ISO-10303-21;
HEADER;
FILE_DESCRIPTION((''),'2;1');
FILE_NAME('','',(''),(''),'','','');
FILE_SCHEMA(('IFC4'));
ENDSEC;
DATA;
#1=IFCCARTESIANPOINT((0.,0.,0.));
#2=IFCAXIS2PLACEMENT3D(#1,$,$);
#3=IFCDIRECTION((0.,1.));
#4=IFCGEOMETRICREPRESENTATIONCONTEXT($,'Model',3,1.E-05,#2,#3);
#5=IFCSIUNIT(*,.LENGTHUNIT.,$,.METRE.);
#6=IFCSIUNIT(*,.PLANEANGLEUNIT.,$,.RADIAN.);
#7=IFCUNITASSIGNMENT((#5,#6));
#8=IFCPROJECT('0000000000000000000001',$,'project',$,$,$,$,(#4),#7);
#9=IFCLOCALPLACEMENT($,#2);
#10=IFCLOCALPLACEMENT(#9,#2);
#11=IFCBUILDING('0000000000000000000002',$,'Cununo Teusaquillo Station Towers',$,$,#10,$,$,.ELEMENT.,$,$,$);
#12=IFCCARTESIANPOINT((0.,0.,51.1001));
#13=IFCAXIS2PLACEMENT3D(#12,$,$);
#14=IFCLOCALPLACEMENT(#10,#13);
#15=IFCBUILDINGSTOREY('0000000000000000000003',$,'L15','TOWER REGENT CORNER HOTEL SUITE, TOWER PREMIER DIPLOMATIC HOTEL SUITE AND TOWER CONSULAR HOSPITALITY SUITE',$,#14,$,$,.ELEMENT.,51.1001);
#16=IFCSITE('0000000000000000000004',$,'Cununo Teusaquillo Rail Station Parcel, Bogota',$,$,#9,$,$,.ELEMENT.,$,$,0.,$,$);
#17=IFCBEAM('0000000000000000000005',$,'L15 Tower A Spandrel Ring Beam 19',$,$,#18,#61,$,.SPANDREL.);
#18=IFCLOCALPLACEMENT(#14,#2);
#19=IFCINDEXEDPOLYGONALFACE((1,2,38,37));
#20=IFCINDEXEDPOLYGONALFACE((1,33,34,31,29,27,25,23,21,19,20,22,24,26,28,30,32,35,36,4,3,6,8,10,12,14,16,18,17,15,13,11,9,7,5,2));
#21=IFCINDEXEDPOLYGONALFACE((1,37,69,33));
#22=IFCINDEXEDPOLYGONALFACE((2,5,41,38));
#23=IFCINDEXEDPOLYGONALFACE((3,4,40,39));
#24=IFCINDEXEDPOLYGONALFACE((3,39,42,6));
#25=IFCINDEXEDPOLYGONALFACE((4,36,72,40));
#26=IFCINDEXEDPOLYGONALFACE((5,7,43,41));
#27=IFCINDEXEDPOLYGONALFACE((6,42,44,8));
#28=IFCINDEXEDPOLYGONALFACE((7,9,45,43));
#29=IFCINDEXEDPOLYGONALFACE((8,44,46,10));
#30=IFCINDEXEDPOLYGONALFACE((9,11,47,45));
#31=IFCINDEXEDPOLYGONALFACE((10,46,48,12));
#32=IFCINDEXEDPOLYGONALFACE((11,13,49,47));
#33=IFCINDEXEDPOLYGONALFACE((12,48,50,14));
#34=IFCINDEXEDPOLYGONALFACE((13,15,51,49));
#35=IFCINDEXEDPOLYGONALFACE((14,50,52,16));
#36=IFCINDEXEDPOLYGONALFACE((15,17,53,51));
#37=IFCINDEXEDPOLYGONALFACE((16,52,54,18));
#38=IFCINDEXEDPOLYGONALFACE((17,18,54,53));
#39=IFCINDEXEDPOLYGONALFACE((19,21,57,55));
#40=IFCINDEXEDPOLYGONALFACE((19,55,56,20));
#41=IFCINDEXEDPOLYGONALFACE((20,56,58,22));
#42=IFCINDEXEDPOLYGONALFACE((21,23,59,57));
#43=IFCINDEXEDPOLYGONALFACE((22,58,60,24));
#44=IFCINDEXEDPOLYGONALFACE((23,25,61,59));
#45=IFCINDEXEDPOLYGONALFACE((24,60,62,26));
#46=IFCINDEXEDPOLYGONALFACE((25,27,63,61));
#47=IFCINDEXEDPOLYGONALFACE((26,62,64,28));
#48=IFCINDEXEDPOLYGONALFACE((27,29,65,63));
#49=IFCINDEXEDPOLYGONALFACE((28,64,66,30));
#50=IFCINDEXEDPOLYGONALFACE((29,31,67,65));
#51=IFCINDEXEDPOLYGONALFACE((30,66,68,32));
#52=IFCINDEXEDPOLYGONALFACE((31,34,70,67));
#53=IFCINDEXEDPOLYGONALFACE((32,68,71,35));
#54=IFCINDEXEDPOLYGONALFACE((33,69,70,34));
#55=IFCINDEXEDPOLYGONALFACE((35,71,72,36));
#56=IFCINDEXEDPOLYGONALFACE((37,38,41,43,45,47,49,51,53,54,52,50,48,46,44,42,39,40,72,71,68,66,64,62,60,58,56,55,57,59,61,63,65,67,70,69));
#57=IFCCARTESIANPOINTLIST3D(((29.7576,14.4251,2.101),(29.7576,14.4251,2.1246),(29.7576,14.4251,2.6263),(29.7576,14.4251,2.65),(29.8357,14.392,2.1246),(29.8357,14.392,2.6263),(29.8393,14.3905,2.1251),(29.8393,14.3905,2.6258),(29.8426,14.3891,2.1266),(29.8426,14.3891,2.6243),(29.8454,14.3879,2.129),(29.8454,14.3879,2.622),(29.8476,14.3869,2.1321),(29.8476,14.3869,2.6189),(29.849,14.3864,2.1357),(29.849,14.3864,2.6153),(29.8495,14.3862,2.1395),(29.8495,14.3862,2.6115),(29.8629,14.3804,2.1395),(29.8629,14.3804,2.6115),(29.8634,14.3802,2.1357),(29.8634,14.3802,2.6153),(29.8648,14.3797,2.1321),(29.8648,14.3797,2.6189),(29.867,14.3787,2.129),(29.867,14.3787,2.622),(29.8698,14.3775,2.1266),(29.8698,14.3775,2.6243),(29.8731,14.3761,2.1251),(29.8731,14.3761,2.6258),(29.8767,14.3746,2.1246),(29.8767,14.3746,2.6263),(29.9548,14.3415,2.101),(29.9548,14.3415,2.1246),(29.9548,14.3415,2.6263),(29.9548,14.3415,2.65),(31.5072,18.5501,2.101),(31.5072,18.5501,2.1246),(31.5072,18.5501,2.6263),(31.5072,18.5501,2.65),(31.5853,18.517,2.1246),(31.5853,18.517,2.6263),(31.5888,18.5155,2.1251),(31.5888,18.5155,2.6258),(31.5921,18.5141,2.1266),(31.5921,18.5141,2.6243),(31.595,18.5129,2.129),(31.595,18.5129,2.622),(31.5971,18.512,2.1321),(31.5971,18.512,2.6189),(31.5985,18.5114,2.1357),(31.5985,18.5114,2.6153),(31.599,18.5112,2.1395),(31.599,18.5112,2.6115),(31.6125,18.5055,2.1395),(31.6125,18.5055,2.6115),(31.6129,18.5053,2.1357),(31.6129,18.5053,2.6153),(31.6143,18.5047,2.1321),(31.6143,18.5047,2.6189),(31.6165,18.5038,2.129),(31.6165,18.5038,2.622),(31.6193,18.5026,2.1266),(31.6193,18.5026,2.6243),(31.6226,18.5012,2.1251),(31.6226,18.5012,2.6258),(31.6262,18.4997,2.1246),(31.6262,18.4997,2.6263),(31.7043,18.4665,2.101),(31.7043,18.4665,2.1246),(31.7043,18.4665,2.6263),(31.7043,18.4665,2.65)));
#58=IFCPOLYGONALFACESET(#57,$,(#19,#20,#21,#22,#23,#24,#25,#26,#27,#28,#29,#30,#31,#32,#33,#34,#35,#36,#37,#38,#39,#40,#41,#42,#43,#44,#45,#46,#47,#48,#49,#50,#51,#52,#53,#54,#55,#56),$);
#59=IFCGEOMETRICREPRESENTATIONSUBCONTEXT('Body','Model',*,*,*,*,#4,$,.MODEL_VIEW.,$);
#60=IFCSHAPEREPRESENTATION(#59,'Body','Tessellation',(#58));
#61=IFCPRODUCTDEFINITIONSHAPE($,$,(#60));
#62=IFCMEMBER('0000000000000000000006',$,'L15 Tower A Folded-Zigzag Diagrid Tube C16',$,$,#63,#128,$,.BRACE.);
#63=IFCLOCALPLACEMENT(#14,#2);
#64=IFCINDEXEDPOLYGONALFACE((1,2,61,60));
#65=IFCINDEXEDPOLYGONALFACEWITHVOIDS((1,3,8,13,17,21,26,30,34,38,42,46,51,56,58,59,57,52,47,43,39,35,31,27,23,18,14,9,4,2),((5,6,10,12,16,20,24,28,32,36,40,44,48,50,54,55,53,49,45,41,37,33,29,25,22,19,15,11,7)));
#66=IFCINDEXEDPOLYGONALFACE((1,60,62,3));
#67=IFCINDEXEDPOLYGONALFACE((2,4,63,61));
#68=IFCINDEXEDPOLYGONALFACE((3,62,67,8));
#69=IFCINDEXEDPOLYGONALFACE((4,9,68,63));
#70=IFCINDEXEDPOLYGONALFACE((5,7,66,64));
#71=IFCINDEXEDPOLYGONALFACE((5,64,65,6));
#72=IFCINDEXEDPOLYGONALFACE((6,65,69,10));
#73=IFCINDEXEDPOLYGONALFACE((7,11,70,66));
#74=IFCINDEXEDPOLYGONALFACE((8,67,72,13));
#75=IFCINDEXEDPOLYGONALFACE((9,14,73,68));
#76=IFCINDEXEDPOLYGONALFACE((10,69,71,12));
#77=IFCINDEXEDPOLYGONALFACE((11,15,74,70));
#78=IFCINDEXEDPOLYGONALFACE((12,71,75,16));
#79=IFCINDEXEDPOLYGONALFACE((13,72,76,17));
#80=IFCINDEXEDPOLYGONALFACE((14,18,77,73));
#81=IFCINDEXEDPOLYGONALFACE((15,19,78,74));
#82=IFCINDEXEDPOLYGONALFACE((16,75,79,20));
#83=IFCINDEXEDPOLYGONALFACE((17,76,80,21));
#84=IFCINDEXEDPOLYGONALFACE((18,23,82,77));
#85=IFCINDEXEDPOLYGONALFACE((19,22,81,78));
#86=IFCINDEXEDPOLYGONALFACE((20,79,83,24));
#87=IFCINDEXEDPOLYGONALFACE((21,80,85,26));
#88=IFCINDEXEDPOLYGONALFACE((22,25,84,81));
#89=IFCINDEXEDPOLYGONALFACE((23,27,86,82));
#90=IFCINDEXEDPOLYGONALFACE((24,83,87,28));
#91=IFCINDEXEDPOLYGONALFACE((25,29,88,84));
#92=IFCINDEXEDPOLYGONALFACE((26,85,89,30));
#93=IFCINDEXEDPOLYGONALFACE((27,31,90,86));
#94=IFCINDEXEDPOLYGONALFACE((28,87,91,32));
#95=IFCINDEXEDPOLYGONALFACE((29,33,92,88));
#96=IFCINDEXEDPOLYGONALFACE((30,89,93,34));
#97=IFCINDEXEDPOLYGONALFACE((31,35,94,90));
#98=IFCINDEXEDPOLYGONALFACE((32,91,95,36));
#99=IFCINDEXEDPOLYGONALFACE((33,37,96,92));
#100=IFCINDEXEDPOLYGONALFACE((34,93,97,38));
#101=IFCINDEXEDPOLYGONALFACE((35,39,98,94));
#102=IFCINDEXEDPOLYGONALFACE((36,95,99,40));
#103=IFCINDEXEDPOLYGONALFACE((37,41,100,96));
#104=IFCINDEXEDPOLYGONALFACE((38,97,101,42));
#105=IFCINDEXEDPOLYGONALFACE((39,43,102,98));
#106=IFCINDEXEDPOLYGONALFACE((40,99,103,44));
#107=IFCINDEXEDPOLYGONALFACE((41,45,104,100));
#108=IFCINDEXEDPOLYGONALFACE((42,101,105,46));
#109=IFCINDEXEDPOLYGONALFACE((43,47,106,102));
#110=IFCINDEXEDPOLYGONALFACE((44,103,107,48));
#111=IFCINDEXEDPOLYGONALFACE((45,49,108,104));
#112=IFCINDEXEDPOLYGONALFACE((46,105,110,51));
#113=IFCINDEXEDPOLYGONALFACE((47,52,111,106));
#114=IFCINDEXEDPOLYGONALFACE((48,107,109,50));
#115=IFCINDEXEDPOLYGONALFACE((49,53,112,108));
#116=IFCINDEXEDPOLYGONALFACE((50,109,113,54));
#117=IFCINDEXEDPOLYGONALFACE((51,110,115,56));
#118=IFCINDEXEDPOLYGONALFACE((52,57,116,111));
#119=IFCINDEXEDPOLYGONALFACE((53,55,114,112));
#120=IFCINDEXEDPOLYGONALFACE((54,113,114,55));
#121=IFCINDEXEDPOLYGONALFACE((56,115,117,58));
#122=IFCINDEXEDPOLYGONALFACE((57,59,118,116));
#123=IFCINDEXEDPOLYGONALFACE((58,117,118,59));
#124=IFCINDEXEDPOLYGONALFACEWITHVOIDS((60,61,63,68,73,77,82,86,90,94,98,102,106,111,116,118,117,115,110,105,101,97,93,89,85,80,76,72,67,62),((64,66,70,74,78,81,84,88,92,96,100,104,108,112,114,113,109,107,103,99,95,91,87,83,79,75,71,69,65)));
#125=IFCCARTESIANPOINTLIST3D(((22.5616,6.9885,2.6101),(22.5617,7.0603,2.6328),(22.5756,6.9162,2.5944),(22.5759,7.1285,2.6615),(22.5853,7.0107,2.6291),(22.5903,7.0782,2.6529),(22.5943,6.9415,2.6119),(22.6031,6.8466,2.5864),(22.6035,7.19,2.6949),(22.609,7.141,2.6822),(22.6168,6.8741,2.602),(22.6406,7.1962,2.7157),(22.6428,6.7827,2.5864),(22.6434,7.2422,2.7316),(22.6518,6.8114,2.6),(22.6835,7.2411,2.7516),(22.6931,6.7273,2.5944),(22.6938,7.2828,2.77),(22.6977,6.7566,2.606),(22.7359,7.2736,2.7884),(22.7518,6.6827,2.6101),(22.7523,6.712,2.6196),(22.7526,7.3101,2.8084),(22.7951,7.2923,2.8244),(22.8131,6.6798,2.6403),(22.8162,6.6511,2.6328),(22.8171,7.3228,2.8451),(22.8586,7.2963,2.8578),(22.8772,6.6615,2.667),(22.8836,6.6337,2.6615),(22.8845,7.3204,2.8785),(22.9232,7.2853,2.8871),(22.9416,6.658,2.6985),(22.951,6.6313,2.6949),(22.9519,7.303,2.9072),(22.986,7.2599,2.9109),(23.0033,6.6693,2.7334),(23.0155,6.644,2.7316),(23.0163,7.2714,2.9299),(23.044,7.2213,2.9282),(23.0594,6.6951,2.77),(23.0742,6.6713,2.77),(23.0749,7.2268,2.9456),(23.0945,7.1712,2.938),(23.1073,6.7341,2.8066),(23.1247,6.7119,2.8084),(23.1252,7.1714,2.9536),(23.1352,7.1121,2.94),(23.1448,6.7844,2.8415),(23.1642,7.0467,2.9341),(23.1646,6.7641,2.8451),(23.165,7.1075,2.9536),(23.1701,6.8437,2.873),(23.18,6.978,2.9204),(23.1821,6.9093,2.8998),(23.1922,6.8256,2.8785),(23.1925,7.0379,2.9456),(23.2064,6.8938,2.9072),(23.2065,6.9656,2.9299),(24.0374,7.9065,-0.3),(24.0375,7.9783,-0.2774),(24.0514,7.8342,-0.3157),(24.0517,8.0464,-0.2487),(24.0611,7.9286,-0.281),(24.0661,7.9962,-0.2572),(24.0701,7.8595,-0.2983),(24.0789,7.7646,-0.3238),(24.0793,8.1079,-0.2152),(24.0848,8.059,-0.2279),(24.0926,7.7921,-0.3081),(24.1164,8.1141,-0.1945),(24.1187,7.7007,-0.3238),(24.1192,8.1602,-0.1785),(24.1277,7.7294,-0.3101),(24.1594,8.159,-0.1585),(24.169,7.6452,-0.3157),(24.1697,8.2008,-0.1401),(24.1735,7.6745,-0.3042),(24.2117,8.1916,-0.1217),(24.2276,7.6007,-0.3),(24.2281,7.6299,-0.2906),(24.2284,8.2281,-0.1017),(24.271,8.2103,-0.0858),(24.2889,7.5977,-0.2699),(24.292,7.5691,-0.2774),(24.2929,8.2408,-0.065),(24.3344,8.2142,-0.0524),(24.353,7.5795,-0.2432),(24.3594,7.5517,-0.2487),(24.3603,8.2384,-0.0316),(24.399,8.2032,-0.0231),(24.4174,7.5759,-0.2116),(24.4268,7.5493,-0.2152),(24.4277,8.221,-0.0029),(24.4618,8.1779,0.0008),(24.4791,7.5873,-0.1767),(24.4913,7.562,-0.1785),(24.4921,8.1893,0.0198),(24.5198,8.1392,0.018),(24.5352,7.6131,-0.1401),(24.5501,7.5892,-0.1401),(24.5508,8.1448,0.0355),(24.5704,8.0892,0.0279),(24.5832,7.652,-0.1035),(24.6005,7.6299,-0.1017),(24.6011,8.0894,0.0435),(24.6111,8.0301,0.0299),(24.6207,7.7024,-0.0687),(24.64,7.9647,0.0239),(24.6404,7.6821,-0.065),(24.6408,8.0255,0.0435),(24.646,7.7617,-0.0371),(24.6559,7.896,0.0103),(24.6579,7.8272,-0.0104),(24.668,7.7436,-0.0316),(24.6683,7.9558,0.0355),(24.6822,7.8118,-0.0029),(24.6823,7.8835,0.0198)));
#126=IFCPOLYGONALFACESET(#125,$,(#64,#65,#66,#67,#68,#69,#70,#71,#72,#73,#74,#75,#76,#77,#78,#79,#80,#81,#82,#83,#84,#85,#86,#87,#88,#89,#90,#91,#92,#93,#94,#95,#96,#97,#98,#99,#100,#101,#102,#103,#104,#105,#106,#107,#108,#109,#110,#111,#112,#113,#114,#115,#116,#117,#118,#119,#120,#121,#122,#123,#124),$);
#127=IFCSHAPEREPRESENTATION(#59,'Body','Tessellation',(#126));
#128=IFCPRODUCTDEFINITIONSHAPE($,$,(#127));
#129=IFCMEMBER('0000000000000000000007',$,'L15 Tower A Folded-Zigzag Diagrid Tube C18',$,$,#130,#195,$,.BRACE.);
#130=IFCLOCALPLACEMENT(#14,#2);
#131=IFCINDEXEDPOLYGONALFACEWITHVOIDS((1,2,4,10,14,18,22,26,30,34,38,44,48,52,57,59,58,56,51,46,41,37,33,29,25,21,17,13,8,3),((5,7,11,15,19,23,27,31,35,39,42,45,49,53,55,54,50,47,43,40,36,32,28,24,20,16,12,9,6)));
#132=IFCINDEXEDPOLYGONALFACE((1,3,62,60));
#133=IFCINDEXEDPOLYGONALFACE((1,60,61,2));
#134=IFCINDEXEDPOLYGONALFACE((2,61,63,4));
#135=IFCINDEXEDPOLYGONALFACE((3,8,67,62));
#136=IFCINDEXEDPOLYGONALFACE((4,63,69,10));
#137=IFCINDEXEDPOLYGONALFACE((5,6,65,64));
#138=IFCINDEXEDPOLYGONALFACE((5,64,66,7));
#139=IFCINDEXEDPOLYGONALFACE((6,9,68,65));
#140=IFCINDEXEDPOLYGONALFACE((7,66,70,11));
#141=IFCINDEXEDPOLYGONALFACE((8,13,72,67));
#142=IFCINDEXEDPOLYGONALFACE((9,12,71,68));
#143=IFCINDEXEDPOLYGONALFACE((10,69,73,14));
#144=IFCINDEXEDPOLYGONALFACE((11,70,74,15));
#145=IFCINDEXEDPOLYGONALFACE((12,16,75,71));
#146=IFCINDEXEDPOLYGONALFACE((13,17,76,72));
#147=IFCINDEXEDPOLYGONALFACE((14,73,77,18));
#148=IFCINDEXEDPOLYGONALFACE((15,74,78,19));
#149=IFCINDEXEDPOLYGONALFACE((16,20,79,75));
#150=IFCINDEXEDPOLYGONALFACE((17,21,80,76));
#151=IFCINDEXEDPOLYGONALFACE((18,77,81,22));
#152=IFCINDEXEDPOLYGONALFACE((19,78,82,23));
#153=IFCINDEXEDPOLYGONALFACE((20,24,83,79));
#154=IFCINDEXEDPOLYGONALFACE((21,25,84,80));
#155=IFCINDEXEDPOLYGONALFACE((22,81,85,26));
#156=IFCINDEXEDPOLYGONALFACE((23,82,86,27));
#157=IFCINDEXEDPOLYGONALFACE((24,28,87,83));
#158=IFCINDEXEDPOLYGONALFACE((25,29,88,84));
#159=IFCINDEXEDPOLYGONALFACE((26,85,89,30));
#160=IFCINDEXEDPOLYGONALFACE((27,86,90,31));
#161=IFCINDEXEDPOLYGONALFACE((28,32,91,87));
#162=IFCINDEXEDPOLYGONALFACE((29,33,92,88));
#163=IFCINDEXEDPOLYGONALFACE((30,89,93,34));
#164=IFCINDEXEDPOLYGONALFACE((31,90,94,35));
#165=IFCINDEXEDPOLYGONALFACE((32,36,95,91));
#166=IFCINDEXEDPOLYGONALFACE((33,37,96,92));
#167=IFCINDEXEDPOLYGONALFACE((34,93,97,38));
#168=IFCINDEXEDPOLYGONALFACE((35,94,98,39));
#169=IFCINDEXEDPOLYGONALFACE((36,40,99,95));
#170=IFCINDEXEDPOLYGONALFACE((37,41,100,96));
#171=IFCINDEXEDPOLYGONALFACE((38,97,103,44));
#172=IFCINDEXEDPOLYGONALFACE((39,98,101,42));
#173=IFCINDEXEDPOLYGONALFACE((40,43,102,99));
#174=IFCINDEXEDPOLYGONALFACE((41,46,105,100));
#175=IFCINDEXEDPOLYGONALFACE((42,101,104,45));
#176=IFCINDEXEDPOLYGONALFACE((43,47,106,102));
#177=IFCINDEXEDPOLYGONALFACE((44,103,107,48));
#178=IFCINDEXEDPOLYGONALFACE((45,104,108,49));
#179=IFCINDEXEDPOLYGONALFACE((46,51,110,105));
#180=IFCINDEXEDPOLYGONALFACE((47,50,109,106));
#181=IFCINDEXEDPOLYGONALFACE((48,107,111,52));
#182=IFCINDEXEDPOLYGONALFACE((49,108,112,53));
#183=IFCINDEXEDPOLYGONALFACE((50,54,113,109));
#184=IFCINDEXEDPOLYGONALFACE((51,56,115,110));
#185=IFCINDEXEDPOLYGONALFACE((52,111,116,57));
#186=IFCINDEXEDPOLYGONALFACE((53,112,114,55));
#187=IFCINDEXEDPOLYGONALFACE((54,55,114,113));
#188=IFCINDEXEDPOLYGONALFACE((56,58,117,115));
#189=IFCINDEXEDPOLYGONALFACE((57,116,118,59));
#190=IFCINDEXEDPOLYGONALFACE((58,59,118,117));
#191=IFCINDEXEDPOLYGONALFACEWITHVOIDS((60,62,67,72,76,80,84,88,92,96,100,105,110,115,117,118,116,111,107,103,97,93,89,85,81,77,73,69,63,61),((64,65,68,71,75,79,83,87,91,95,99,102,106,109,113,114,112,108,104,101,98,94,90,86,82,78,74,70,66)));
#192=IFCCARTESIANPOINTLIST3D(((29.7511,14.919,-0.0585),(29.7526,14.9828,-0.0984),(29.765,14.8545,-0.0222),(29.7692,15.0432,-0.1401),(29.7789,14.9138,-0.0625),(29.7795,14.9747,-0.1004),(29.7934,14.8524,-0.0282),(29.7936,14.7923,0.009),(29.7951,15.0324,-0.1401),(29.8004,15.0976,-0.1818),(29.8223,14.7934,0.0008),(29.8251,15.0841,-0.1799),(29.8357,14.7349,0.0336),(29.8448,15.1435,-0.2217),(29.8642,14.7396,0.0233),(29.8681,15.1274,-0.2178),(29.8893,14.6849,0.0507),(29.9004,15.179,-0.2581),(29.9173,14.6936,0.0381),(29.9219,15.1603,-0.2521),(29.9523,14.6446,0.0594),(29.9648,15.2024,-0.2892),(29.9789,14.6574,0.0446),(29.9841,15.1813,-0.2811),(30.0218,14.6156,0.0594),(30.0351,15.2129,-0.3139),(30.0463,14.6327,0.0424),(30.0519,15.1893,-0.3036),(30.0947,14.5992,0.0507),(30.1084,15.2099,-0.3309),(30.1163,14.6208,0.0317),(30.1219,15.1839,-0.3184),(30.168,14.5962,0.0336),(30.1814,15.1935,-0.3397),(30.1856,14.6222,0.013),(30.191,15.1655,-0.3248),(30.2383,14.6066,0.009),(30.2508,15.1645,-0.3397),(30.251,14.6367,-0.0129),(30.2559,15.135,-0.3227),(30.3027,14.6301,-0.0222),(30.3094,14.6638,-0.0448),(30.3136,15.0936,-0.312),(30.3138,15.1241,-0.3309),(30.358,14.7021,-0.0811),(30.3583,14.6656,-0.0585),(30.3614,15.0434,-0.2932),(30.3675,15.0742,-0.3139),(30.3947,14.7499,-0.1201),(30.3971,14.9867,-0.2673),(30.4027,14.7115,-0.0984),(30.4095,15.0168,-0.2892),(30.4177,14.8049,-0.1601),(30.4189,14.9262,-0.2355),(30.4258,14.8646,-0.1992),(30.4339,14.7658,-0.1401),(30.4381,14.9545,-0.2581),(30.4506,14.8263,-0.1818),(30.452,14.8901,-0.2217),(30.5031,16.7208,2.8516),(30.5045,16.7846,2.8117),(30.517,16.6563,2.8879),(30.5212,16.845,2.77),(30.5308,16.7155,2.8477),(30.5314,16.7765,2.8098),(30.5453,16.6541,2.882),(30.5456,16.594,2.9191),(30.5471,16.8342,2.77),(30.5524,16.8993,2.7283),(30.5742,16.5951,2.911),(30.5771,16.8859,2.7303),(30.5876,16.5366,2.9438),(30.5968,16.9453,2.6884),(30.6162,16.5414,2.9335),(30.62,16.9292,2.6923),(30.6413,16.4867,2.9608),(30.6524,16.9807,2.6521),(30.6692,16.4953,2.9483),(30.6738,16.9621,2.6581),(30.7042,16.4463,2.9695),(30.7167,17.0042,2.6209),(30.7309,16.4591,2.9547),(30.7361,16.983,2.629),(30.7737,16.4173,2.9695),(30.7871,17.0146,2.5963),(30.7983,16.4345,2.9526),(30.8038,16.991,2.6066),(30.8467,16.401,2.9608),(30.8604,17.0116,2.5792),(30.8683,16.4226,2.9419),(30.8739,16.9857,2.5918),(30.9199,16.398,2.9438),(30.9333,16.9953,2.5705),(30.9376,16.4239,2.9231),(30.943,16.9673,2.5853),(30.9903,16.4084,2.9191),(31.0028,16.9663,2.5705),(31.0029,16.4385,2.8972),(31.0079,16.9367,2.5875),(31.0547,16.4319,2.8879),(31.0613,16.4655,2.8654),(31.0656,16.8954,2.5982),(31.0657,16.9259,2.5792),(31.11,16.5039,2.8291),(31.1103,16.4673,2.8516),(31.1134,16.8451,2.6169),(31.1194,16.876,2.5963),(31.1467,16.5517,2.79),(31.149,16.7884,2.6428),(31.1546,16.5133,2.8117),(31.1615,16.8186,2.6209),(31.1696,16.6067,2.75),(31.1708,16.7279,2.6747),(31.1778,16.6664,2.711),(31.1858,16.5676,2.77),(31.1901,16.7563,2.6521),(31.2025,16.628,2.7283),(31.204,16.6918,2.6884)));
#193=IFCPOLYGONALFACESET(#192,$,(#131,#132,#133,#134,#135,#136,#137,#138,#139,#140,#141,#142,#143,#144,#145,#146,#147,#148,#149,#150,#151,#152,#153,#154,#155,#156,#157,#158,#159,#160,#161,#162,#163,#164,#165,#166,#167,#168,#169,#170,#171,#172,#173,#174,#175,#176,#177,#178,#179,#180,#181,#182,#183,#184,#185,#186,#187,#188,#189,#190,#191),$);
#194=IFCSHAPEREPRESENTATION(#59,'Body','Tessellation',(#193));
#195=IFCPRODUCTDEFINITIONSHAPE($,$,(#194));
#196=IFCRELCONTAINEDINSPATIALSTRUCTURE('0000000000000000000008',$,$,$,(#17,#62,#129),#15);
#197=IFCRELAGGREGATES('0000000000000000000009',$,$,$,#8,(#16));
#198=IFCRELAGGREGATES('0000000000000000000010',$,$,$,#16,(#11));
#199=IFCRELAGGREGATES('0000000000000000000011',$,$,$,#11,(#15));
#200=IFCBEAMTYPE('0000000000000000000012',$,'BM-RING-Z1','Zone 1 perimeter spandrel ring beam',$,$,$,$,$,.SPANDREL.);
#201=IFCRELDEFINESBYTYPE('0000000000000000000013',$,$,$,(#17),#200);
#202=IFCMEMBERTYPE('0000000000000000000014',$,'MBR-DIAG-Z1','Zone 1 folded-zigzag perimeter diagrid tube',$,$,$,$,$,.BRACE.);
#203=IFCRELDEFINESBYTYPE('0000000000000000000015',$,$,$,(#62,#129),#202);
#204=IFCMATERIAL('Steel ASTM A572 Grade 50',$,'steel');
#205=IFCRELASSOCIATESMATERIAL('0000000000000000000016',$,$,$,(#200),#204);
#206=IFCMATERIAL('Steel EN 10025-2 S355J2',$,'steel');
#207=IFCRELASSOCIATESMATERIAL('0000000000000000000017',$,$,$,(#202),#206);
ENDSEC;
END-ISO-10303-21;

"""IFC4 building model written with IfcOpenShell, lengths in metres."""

from ifc_helpers import new_model, si_unit, direction, frame, origin, origin_2d, place, context, subcontext, project, spatial, hollow_circle, i_section, extrude, material, material_profile, profile_set, type_object, element, save


model = new_model("IFC4")

# Units and contexts
model_context = context("Model", 3, precision=1e-05, world=origin(), true_north=direction((0.0, 1.0)))
body_context = subcontext(model_context, "Body", "Model", "MODEL_VIEW")
ifc_project = project(units=[si_unit("LENGTHUNIT", "METRE"), si_unit("PLANEANGLEUNIT", "RADIAN")], contexts=[model_context])

# Site, building, storey
site_placement = place(None, origin())
site = spatial("IfcSite", under=ifc_project, at=site_placement, Name="Cununo Teusaquillo Rail Station Parcel, Bogota", CompositionType="ELEMENT", RefElevation=0.0)
building_placement = place(site_placement, origin())
building = spatial("IfcBuilding", under=site, at=building_placement, Name="Cununo Teusaquillo Station Towers", CompositionType="ELEMENT")
storey_placement = place(building_placement, frame((0.0, 0.0, 51.1001)))
storey = spatial("IfcBuildingStorey", under=building, at=storey_placement, Name="L15", Description="TOWER REGENT CORNER HOTEL SUITE, TOWER PREMIER DIPLOMATIC HOTEL SUITE AND TOWER CONSULAR HOSPITALITY SUITE", CompositionType="ELEMENT", Elevation=51.1001)

# Beam
ifc_material_1 = material(Name="Steel ASTM A572 Grade 50", Category="steel")
ifc_material_profile_1 = material_profile(ifc_material_1, i_section(OverallWidth=0.2141, OverallDepth=0.5491, WebThickness=0.0146, FlangeThickness=0.0237, FilletRadius=0.0149, at=origin_2d()), Name="W21X93")
ifc_profile_set_1 = profile_set([ifc_material_profile_1], Name="Steel ASTM A572 Grade 50")
beam_type = type_object("IfcBeamType", Name="BM-RING-Z1", Description="Zone 1 perimeter spandrel ring beam", PredefinedType="SPANDREL", material=ifc_profile_set_1)
beam_1_placement = place(storey_placement, frame((29.8562, 14.3833, 2.3755), z_axis=(0.390457, 0.920621, 0.0), x_axis=(-0.920621, 0.390457, 0.0)))
element("IfcBeam", 1, at=beam_1_placement, inside=storey, type_object=beam_type, Name="L15 Tower A Spandrel Ring Beam 19", PredefinedType="SPANDREL", context=body_context, shape_type="SweptSolid", body=[
    extrude(i_section(OverallWidth=0.2141, OverallDepth=0.5491, WebThickness=0.0146, FlangeThickness=0.0237, FilletRadius=0.0149, at=origin_2d()), origin(), (0.0, 0.0, 1.0), 4.4807),
])

# Members
ifc_material_2 = material(Name="Steel EN 10025-2 S355J2", Category="steel")
ifc_material_profile_2 = material_profile(ifc_material_2, hollow_circle(Radius=0.3601, WallThickness=0.0281, at=origin_2d()), Name="CHS 720x28")
ifc_profile_set_2 = profile_set([ifc_material_profile_2], Name="Steel EN 10025-2 S355J2")
member_type = type_object("IfcMemberType", Name="MBR-DIAG-Z1", Description="Zone 1 folded-zigzag perimeter diagrid tube", PredefinedType="BRACE", material=ifc_profile_set_2)
member_1_placement = place(storey_placement, frame((24.3599, 7.895, -0.1401), z_axis=(-0.435393, -0.270815, 0.858541), x_axis=(0.528167, -0.849141, 0.0)))
element("IfcMember", 2, at=member_1_placement, inside=storey, type_object=member_type, Name="L15 Tower A Folded-Zigzag Diagrid Tube C16", PredefinedType="BRACE", context=body_context, shape_type="SweptSolid", body=[
    extrude(hollow_circle(Radius=0.3601, WallThickness=0.0281, at=origin_2d()), origin(), (0.0, 0.0, 1.0), 3.3896),
])
member_2_placement = place(storey_placement, frame((30.1016, 14.9045, -0.1401), z_axis=(0.214574, 0.514143, 0.830431), x_axis=(-0.922855, 0.385148, 0.0)))
element("IfcMember", 3, at=member_2_placement, inside=storey, type_object=member_type, Name="L15 Tower A Folded-Zigzag Diagrid Tube C18", PredefinedType="BRACE", context=body_context, shape_type="SweptSolid", body=[
    extrude(hollow_circle(Radius=0.3601, WallThickness=0.0281, at=origin_2d()), origin(), (0.0, 0.0, 1.0), 3.5044),
])

save(model, "model.ifc")
